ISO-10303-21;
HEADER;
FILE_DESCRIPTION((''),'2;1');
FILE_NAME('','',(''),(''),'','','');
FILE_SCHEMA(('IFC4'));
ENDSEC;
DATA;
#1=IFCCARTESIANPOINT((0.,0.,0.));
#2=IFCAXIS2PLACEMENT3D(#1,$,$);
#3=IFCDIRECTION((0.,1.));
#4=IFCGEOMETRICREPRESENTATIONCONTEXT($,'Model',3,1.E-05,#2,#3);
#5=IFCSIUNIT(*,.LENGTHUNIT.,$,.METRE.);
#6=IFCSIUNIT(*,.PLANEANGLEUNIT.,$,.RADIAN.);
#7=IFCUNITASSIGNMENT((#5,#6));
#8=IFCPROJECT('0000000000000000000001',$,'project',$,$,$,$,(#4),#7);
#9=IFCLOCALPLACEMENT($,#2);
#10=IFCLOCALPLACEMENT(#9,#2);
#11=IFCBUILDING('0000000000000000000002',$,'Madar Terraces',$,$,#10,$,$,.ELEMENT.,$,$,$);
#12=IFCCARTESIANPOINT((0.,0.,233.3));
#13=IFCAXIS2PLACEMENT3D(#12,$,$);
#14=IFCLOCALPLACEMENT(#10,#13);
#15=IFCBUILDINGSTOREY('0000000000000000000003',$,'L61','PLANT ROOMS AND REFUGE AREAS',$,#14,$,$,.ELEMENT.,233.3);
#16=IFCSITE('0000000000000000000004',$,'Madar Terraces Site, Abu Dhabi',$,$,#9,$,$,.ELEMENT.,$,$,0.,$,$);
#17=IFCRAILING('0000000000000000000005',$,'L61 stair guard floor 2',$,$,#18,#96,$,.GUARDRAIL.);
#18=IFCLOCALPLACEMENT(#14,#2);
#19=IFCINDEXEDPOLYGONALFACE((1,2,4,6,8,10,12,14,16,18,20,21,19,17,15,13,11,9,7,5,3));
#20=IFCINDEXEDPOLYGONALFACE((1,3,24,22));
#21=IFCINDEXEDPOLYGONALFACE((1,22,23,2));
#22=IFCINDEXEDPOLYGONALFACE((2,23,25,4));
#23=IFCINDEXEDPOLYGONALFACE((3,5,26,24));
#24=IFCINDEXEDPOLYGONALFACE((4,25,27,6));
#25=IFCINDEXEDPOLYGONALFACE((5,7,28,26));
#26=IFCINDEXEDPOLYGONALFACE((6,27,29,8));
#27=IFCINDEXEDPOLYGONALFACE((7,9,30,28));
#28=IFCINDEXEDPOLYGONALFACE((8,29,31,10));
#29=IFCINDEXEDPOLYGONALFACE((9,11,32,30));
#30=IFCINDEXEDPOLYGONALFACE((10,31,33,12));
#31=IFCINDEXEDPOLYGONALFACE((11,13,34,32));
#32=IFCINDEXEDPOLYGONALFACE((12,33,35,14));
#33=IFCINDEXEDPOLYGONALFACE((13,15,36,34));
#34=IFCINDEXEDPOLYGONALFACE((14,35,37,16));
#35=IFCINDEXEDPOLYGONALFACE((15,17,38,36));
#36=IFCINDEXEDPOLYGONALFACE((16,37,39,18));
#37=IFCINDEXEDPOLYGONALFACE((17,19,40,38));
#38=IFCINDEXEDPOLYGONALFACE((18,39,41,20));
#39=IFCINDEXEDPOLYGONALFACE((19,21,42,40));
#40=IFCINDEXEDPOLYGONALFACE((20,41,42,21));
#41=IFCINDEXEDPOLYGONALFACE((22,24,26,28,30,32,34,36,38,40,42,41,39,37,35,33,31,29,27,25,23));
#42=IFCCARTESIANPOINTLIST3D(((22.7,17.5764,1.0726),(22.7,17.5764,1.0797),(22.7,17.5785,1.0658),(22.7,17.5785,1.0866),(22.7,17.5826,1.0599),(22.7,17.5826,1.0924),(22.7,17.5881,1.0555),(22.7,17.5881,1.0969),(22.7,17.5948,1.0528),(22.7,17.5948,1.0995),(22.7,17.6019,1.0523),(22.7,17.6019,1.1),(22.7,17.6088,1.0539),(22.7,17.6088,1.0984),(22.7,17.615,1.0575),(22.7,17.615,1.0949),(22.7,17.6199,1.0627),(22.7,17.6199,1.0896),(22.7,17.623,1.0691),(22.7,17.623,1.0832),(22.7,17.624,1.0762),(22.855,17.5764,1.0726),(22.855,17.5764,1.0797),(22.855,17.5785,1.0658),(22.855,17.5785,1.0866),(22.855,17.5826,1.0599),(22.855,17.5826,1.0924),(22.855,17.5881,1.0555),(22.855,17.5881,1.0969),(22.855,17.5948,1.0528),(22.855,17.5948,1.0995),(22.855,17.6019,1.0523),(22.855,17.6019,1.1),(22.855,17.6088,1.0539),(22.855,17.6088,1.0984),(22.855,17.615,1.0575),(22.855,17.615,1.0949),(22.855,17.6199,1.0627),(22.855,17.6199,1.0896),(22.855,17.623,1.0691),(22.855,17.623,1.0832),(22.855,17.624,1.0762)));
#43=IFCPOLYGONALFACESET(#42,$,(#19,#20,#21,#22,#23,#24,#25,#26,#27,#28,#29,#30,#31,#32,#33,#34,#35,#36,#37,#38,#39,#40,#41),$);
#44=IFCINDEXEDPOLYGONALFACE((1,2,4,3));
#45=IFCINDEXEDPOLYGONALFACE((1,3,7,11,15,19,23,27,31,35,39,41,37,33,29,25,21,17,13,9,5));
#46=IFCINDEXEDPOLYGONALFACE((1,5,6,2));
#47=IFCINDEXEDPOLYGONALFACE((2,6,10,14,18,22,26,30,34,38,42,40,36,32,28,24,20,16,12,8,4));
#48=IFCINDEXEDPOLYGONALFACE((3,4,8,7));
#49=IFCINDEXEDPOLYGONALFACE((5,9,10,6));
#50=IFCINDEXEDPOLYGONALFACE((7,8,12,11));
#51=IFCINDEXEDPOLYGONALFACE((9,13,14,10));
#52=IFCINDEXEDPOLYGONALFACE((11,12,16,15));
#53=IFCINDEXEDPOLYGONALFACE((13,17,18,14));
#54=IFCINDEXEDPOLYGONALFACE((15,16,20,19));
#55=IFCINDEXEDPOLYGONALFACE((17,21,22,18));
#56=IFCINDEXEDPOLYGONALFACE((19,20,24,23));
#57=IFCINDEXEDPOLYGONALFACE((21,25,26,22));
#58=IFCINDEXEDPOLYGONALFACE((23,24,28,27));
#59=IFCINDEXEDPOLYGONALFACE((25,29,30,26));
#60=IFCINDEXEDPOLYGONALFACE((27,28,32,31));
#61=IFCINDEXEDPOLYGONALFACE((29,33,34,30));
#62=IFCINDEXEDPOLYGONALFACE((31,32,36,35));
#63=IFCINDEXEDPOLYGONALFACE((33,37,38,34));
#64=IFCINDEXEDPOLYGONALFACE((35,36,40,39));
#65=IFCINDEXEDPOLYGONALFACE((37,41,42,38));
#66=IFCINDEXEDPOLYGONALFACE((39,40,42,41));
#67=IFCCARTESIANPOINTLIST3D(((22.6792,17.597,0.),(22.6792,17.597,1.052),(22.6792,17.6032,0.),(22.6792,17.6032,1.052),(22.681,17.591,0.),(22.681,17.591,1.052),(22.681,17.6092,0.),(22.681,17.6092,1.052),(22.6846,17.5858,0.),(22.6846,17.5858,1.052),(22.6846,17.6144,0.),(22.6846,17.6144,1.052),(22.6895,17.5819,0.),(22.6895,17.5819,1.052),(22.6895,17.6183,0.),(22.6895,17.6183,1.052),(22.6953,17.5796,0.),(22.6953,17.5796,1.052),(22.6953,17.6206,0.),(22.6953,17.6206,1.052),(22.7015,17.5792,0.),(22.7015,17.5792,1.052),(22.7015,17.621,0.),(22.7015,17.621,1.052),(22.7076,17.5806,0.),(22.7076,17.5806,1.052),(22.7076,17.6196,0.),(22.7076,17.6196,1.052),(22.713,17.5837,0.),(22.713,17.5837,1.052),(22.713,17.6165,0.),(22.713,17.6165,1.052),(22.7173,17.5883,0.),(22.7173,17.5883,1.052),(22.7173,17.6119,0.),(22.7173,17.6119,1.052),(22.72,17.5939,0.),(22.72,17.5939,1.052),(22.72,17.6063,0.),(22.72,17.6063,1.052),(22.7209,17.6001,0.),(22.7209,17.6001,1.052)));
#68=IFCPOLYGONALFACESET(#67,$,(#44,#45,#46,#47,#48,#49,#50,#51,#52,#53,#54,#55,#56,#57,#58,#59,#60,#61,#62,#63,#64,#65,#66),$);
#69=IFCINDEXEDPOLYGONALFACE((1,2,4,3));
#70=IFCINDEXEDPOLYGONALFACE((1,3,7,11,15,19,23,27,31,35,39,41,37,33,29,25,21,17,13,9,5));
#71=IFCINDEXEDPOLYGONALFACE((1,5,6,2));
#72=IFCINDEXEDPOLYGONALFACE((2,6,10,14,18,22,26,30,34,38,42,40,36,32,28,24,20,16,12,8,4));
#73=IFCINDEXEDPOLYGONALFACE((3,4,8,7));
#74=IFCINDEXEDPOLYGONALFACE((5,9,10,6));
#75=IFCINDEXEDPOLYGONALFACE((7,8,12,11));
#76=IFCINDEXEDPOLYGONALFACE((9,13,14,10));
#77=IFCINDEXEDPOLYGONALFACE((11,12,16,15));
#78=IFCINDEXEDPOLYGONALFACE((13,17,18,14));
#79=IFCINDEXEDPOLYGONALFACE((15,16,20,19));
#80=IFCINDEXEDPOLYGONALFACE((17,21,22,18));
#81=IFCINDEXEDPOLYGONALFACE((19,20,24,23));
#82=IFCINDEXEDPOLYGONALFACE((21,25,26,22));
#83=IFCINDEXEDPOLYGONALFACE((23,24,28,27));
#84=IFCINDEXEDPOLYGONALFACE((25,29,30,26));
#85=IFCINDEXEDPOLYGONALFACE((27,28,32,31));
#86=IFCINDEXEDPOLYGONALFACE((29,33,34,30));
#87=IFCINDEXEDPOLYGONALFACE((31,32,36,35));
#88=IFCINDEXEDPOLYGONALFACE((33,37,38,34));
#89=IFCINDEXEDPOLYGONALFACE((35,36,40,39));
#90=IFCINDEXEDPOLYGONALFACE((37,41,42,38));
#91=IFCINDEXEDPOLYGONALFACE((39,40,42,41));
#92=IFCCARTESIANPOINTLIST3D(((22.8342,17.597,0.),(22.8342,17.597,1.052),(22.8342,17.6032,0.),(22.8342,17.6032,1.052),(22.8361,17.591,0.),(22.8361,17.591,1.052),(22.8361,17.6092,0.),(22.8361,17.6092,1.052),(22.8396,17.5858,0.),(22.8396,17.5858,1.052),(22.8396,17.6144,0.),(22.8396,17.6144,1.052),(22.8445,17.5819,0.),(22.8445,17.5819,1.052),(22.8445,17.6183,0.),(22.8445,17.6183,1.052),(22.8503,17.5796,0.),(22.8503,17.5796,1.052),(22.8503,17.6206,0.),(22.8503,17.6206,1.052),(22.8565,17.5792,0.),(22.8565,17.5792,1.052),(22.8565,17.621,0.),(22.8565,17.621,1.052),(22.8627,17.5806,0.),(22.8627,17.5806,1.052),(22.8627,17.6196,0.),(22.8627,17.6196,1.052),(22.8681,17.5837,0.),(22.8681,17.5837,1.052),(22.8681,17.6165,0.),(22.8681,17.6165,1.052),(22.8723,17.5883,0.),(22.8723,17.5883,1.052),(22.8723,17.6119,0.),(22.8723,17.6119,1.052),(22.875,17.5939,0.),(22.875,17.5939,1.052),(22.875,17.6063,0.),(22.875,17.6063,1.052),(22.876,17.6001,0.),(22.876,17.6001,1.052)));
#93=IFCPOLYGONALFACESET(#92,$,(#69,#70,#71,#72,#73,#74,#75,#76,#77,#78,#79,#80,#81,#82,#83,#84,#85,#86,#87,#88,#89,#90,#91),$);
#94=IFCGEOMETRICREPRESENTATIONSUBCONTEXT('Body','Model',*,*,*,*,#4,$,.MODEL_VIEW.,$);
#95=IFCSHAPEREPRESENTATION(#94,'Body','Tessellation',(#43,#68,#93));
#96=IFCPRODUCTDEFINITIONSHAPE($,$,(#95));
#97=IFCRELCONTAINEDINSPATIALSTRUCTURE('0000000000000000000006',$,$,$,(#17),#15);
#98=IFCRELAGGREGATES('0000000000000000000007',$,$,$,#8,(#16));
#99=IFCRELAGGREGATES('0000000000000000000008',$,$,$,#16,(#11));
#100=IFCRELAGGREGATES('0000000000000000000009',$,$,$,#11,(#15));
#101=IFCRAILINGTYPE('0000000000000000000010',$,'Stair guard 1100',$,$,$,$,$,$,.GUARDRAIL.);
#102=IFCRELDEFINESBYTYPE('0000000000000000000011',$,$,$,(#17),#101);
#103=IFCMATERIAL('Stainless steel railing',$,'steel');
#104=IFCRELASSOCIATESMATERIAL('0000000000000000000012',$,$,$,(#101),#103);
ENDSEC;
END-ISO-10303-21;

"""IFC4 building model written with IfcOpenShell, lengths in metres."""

from ifc_helpers import new_model, si_unit, direction, frame, origin, origin_2d, place, context, subcontext, project, spatial, circle, extrude, material, type_object, element, save


model = new_model("IFC4")

# Units and contexts
model_context = context("Model", 3, precision=1e-05, world=origin(), true_north=direction((0.0, 1.0)))
body_context = subcontext(model_context, "Body", "Model", "MODEL_VIEW")
ifc_project = project(units=[si_unit("LENGTHUNIT", "METRE"), si_unit("PLANEANGLEUNIT", "RADIAN")], contexts=[model_context])

# Site, building, storey
site_placement = place(None, origin())
site = spatial("IfcSite", under=ifc_project, at=site_placement, Name="Madar Terraces Site, Abu Dhabi", CompositionType="ELEMENT", RefElevation=0.0)
building_placement = place(site_placement, origin())
building = spatial("IfcBuilding", under=site, at=building_placement, Name="Madar Terraces", CompositionType="ELEMENT")
storey_placement = place(building_placement, frame((0.0, 0.0, 233.3)))
storey = spatial("IfcBuildingStorey", under=building, at=storey_placement, Name="L61", Description="PLANT ROOMS AND REFUGE AREAS", CompositionType="ELEMENT", Elevation=233.3)

# Railing
ifc_material_1 = material(Name="Stainless steel railing", Category="steel")
railing_type_1 = type_object("IfcRailingType", Name="Stair guard 1100", PredefinedType="GUARDRAIL", material=ifc_material_1)
for number, where, name in (
    (1, (22.7, 17.6001, 0.0), "L61 stair guard floor 2"),
):
    element("IfcRailing", number, at=place(storey_placement, frame(where)), inside=storey, type_object=railing_type_1, Name=name, PredefinedType="GUARDRAIL", context=body_context, shape_type="SweptSolid", body=[
        extrude(circle(Radius=0.0239, at=origin_2d()), frame((0.0, 0.0, 1.0762), z_axis=(1.0, 0.0, 0.0), x_axis=(0.0, 1.0, 0.0)), (0.0, 0.0, 1.0), 0.155),
        extrude(circle(Radius=0.021, at=origin_2d()), origin(), (0.0, 0.0, 1.0), 1.052),
        extrude(circle(Radius=0.021, at=origin_2d()), frame((0.155, 0.0, 0.0)), (0.0, 0.0, 1.0), 1.052),
    ])

save(model, "model.ifc")
